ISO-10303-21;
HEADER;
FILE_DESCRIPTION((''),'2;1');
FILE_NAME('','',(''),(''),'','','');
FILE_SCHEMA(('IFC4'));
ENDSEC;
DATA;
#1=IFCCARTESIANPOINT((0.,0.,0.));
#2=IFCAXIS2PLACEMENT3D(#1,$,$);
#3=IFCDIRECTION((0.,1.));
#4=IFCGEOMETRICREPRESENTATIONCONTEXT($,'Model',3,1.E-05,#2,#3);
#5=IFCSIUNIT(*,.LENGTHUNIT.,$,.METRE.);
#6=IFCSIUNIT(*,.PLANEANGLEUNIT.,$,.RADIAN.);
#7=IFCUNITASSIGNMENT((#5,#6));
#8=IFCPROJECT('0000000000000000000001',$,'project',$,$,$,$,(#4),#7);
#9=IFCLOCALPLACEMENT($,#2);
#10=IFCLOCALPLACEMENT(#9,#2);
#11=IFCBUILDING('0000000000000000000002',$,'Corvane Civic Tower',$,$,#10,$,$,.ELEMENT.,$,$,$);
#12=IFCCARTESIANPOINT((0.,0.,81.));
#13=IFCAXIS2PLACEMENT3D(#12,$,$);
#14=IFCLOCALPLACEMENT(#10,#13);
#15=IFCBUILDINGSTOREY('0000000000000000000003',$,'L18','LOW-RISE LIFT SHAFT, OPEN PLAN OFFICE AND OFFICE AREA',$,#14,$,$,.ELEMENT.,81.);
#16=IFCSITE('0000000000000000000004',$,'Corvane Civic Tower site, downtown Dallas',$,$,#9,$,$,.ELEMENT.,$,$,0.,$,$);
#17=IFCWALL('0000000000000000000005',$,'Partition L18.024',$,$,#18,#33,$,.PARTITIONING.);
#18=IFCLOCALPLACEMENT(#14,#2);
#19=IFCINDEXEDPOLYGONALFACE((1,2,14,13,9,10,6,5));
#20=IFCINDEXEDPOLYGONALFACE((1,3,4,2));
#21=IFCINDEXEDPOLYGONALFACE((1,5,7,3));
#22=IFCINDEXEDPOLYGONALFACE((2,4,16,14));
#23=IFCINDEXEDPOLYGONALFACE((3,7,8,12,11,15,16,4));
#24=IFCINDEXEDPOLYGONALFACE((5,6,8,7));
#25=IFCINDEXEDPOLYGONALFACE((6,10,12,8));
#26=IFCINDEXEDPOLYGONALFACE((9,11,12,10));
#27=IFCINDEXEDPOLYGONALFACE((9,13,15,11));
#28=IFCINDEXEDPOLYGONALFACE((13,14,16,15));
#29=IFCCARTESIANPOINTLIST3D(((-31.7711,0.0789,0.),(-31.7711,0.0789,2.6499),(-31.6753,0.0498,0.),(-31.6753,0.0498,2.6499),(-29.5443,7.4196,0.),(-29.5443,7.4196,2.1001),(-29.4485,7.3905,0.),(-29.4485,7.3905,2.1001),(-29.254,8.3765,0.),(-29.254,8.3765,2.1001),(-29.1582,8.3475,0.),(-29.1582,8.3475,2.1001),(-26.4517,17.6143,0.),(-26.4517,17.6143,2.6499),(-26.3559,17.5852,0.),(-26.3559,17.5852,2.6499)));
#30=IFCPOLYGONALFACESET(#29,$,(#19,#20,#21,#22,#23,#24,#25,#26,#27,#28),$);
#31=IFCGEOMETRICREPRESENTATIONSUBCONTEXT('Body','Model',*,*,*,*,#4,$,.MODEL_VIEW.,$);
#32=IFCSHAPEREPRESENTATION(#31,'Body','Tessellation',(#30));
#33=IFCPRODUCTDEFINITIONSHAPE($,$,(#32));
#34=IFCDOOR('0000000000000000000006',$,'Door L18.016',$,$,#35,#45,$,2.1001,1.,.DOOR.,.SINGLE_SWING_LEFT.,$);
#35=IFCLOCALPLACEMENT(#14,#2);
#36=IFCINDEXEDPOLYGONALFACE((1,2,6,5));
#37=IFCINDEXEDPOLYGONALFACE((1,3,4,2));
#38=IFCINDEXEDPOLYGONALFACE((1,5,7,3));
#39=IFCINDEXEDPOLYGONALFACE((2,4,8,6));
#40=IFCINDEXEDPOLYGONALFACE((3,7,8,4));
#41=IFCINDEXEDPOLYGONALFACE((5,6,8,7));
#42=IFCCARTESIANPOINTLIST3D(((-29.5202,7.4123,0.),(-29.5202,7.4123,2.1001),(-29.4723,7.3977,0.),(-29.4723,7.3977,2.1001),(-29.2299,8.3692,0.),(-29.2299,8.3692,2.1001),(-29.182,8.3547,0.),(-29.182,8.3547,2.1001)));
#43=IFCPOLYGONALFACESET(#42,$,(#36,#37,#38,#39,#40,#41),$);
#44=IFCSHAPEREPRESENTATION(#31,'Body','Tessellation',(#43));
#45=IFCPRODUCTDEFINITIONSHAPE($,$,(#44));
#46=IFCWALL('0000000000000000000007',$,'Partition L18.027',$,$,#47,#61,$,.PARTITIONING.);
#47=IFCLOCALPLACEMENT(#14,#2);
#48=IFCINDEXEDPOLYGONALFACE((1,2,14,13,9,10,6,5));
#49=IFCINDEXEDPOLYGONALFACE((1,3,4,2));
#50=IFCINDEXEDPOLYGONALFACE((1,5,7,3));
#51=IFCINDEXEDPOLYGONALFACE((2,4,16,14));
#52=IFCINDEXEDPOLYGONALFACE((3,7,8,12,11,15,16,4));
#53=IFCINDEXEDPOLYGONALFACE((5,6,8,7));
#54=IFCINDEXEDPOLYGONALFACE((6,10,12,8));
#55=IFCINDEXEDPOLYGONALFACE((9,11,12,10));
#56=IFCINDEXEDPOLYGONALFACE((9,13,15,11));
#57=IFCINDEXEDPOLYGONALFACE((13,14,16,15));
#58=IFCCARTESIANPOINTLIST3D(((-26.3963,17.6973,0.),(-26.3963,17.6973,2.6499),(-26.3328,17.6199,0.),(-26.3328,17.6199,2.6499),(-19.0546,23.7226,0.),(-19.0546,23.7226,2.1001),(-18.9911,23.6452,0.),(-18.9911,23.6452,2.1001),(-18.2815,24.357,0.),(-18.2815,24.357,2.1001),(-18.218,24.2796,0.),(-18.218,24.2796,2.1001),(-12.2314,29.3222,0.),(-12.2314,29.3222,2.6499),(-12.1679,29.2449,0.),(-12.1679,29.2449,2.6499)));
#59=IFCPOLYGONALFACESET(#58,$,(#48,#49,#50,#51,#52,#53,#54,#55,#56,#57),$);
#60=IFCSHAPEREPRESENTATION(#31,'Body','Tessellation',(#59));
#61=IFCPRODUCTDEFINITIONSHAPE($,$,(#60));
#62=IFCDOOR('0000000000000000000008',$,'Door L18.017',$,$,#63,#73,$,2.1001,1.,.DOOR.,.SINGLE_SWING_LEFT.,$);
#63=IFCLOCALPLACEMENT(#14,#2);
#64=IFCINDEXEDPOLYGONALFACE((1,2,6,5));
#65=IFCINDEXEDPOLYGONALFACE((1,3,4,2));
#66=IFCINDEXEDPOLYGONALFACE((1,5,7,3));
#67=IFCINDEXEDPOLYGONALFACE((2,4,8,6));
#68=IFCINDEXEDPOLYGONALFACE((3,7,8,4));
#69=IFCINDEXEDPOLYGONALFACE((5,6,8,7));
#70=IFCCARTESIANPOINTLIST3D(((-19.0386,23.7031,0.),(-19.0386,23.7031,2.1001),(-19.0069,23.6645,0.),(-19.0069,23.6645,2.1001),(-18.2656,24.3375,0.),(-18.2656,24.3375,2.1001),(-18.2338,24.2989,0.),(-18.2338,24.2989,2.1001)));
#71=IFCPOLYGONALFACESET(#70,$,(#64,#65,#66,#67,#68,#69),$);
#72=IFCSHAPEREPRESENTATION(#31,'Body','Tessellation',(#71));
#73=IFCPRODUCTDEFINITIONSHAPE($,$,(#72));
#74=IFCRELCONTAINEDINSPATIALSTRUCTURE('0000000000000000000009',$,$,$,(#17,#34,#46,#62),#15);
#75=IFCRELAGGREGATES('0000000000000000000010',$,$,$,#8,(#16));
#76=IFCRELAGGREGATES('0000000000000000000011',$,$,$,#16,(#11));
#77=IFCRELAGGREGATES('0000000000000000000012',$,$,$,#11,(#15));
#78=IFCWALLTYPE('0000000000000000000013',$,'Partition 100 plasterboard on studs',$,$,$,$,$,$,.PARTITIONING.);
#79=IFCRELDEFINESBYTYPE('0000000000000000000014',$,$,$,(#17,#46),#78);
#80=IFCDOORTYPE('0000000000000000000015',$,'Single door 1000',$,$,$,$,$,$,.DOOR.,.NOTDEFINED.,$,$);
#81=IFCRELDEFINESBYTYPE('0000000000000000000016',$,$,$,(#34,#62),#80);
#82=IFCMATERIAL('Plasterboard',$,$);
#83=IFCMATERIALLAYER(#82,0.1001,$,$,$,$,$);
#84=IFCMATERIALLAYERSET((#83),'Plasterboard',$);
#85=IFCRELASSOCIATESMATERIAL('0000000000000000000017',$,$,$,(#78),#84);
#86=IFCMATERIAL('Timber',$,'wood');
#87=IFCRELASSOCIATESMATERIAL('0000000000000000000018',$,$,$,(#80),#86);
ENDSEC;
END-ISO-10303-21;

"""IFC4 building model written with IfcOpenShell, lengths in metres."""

from ifc_helpers import new_model, si_unit, direction, frame, frame_2d, origin, place, context, subcontext, project, spatial, rectangle, extrude, material, layer, layer_set, type_object, element, fill, save


model = new_model("IFC4")

# Units and contexts
model_context = context("Model", 3, precision=1e-05, world=origin(), true_north=direction((0.0, 1.0)))
body_context = subcontext(model_context, "Body", "Model", "MODEL_VIEW")
ifc_project = project(units=[si_unit("LENGTHUNIT", "METRE"), si_unit("PLANEANGLEUNIT", "RADIAN")], contexts=[model_context])

# Site, building, storey
site_placement = place(None, origin())
site = spatial("IfcSite", under=ifc_project, at=site_placement, Name="Corvane Civic Tower site, downtown Dallas", CompositionType="ELEMENT", RefElevation=0.0)
building_placement = place(site_placement, origin())
building = spatial("IfcBuilding", under=site, at=building_placement, Name="Corvane Civic Tower", CompositionType="ELEMENT")
storey_placement = place(building_placement, frame((0.0, 0.0, 81.0)))
storey = spatial("IfcBuildingStorey", under=building, at=storey_placement, Name="L18", Description="LOW-RISE LIFT SHAFT, OPEN PLAN OFFICE AND OFFICE AREA", CompositionType="ELEMENT", Elevation=81.0)

# Shared definitions
ifc_material_1 = material(Name="Plasterboard")
ifc_layer_1 = layer(ifc_material_1, 0.1001)
ifc_layer_set_1 = layer_set([ifc_layer_1], Name="Plasterboard")
wall_type = type_object("IfcWallType", Name="Partition 100 plasterboard on studs", PredefinedType="PARTITIONING", material=ifc_layer_set_1)

# Walls, openings, doors
wall_1_placement = place(storey_placement, frame((-31.7231, 0.0645, 0.0), z_axis=(0.0, 0.0, 1.0), x_axis=(0.290286, 0.95694, 0.0)))
wall_1 = element("IfcWall", 1, at=wall_1_placement, inside=storey, type_object=wall_type, Name="Partition L18.024", PredefinedType="PARTITIONING", context=body_context, shape_type="SweptSolid", body=[
    extrude(rectangle(XDim=18.3245, YDim=0.1001, at=frame_2d((9.1621, 0.0))), origin(), (0.0, 0.0, 1.0), 2.6499),
])
opening_1_placement = place(wall_1_placement, frame((7.6709, 0.0, 0.0)))
opening_1 = element("IfcOpeningElement", 2, at=opening_1_placement, cuts=wall_1, PredefinedType="OPENING", context=body_context, shape_type="SweptSolid", body=[
    extrude(rectangle(XDim=1.0, YDim=2.1001, at=frame_2d((0.5, 1.05))), frame((0.0, 0.0601, 0.0), z_axis=(0.0, -1.0, 0.0), x_axis=(1.0, 0.0, 0.0)), (0.0, 0.0, 1.0), 0.1201),
])
ifc_material_2 = material(Name="Timber", Category="wood")
door_type = type_object("IfcDoorType", Name="Single door 1000", OperationType="NOTDEFINED", PredefinedType="DOOR", material=ifc_material_2)
door_1_placement = place(opening_1_placement, origin())
door_1 = element("IfcDoor", 3, at=door_1_placement, inside=storey, type_object=door_type, Name="Door L18.016", OperationType="SINGLE_SWING_LEFT", OverallHeight=2.1001, OverallWidth=1.0, PredefinedType="DOOR", context=body_context, shape_type="SweptSolid", body=[
    extrude(rectangle(XDim=1.0, YDim=2.1001, at=frame_2d((0.5, 1.05))), frame((0.0, 0.0249, 0.0), z_axis=(0.0, -1.0, 0.0), x_axis=(1.0, 0.0, 0.0)), (0.0, 0.0, 1.0), 0.05),
])
fill(opening_1, door_1)
wall_2_placement = place(storey_placement, frame((-26.3645, 17.6587, 0.0), z_axis=(0.0, 0.0, 1.0), x_axis=(0.773009, 0.634395, 0.0)))
wall_2 = element("IfcWall", 4, at=wall_2_placement, inside=storey, type_object=wall_type, Name="Partition L18.027", PredefinedType="PARTITIONING", context=body_context, shape_type="SweptSolid", body=[
    extrude(rectangle(XDim=18.3245, YDim=0.1001, at=frame_2d((9.1621, 0.0))), origin(), (0.0, 0.0, 1.0), 2.6499),
])
opening_2_placement = place(wall_2_placement, frame((9.4976, 0.0, 0.0)))
opening_2 = element("IfcOpeningElement", 5, at=opening_2_placement, cuts=wall_2, PredefinedType="OPENING", context=body_context, shape_type="SweptSolid", body=[
    extrude(rectangle(XDim=1.0, YDim=2.1001, at=frame_2d((0.5, 1.05))), frame((0.0, 0.0601, 0.0), z_axis=(0.0, -1.0, 0.0), x_axis=(1.0, 0.0, 0.0)), (0.0, 0.0, 1.0), 0.1201),
])
door_2_placement = place(opening_2_placement, origin())
door_2 = element("IfcDoor", 6, at=door_2_placement, inside=storey, type_object=door_type, Name="Door L18.017", OperationType="SINGLE_SWING_LEFT", OverallHeight=2.1001, OverallWidth=1.0, PredefinedType="DOOR", context=body_context, shape_type="SweptSolid", body=[
    extrude(rectangle(XDim=1.0, YDim=2.1001, at=frame_2d((0.5, 1.05))), frame((0.0, 0.0249, 0.0), z_axis=(0.0, -1.0, 0.0), x_axis=(1.0, 0.0, 0.0)), (0.0, 0.0, 1.0), 0.05),
])
fill(opening_2, door_2)

save(model, "model.ifc")
